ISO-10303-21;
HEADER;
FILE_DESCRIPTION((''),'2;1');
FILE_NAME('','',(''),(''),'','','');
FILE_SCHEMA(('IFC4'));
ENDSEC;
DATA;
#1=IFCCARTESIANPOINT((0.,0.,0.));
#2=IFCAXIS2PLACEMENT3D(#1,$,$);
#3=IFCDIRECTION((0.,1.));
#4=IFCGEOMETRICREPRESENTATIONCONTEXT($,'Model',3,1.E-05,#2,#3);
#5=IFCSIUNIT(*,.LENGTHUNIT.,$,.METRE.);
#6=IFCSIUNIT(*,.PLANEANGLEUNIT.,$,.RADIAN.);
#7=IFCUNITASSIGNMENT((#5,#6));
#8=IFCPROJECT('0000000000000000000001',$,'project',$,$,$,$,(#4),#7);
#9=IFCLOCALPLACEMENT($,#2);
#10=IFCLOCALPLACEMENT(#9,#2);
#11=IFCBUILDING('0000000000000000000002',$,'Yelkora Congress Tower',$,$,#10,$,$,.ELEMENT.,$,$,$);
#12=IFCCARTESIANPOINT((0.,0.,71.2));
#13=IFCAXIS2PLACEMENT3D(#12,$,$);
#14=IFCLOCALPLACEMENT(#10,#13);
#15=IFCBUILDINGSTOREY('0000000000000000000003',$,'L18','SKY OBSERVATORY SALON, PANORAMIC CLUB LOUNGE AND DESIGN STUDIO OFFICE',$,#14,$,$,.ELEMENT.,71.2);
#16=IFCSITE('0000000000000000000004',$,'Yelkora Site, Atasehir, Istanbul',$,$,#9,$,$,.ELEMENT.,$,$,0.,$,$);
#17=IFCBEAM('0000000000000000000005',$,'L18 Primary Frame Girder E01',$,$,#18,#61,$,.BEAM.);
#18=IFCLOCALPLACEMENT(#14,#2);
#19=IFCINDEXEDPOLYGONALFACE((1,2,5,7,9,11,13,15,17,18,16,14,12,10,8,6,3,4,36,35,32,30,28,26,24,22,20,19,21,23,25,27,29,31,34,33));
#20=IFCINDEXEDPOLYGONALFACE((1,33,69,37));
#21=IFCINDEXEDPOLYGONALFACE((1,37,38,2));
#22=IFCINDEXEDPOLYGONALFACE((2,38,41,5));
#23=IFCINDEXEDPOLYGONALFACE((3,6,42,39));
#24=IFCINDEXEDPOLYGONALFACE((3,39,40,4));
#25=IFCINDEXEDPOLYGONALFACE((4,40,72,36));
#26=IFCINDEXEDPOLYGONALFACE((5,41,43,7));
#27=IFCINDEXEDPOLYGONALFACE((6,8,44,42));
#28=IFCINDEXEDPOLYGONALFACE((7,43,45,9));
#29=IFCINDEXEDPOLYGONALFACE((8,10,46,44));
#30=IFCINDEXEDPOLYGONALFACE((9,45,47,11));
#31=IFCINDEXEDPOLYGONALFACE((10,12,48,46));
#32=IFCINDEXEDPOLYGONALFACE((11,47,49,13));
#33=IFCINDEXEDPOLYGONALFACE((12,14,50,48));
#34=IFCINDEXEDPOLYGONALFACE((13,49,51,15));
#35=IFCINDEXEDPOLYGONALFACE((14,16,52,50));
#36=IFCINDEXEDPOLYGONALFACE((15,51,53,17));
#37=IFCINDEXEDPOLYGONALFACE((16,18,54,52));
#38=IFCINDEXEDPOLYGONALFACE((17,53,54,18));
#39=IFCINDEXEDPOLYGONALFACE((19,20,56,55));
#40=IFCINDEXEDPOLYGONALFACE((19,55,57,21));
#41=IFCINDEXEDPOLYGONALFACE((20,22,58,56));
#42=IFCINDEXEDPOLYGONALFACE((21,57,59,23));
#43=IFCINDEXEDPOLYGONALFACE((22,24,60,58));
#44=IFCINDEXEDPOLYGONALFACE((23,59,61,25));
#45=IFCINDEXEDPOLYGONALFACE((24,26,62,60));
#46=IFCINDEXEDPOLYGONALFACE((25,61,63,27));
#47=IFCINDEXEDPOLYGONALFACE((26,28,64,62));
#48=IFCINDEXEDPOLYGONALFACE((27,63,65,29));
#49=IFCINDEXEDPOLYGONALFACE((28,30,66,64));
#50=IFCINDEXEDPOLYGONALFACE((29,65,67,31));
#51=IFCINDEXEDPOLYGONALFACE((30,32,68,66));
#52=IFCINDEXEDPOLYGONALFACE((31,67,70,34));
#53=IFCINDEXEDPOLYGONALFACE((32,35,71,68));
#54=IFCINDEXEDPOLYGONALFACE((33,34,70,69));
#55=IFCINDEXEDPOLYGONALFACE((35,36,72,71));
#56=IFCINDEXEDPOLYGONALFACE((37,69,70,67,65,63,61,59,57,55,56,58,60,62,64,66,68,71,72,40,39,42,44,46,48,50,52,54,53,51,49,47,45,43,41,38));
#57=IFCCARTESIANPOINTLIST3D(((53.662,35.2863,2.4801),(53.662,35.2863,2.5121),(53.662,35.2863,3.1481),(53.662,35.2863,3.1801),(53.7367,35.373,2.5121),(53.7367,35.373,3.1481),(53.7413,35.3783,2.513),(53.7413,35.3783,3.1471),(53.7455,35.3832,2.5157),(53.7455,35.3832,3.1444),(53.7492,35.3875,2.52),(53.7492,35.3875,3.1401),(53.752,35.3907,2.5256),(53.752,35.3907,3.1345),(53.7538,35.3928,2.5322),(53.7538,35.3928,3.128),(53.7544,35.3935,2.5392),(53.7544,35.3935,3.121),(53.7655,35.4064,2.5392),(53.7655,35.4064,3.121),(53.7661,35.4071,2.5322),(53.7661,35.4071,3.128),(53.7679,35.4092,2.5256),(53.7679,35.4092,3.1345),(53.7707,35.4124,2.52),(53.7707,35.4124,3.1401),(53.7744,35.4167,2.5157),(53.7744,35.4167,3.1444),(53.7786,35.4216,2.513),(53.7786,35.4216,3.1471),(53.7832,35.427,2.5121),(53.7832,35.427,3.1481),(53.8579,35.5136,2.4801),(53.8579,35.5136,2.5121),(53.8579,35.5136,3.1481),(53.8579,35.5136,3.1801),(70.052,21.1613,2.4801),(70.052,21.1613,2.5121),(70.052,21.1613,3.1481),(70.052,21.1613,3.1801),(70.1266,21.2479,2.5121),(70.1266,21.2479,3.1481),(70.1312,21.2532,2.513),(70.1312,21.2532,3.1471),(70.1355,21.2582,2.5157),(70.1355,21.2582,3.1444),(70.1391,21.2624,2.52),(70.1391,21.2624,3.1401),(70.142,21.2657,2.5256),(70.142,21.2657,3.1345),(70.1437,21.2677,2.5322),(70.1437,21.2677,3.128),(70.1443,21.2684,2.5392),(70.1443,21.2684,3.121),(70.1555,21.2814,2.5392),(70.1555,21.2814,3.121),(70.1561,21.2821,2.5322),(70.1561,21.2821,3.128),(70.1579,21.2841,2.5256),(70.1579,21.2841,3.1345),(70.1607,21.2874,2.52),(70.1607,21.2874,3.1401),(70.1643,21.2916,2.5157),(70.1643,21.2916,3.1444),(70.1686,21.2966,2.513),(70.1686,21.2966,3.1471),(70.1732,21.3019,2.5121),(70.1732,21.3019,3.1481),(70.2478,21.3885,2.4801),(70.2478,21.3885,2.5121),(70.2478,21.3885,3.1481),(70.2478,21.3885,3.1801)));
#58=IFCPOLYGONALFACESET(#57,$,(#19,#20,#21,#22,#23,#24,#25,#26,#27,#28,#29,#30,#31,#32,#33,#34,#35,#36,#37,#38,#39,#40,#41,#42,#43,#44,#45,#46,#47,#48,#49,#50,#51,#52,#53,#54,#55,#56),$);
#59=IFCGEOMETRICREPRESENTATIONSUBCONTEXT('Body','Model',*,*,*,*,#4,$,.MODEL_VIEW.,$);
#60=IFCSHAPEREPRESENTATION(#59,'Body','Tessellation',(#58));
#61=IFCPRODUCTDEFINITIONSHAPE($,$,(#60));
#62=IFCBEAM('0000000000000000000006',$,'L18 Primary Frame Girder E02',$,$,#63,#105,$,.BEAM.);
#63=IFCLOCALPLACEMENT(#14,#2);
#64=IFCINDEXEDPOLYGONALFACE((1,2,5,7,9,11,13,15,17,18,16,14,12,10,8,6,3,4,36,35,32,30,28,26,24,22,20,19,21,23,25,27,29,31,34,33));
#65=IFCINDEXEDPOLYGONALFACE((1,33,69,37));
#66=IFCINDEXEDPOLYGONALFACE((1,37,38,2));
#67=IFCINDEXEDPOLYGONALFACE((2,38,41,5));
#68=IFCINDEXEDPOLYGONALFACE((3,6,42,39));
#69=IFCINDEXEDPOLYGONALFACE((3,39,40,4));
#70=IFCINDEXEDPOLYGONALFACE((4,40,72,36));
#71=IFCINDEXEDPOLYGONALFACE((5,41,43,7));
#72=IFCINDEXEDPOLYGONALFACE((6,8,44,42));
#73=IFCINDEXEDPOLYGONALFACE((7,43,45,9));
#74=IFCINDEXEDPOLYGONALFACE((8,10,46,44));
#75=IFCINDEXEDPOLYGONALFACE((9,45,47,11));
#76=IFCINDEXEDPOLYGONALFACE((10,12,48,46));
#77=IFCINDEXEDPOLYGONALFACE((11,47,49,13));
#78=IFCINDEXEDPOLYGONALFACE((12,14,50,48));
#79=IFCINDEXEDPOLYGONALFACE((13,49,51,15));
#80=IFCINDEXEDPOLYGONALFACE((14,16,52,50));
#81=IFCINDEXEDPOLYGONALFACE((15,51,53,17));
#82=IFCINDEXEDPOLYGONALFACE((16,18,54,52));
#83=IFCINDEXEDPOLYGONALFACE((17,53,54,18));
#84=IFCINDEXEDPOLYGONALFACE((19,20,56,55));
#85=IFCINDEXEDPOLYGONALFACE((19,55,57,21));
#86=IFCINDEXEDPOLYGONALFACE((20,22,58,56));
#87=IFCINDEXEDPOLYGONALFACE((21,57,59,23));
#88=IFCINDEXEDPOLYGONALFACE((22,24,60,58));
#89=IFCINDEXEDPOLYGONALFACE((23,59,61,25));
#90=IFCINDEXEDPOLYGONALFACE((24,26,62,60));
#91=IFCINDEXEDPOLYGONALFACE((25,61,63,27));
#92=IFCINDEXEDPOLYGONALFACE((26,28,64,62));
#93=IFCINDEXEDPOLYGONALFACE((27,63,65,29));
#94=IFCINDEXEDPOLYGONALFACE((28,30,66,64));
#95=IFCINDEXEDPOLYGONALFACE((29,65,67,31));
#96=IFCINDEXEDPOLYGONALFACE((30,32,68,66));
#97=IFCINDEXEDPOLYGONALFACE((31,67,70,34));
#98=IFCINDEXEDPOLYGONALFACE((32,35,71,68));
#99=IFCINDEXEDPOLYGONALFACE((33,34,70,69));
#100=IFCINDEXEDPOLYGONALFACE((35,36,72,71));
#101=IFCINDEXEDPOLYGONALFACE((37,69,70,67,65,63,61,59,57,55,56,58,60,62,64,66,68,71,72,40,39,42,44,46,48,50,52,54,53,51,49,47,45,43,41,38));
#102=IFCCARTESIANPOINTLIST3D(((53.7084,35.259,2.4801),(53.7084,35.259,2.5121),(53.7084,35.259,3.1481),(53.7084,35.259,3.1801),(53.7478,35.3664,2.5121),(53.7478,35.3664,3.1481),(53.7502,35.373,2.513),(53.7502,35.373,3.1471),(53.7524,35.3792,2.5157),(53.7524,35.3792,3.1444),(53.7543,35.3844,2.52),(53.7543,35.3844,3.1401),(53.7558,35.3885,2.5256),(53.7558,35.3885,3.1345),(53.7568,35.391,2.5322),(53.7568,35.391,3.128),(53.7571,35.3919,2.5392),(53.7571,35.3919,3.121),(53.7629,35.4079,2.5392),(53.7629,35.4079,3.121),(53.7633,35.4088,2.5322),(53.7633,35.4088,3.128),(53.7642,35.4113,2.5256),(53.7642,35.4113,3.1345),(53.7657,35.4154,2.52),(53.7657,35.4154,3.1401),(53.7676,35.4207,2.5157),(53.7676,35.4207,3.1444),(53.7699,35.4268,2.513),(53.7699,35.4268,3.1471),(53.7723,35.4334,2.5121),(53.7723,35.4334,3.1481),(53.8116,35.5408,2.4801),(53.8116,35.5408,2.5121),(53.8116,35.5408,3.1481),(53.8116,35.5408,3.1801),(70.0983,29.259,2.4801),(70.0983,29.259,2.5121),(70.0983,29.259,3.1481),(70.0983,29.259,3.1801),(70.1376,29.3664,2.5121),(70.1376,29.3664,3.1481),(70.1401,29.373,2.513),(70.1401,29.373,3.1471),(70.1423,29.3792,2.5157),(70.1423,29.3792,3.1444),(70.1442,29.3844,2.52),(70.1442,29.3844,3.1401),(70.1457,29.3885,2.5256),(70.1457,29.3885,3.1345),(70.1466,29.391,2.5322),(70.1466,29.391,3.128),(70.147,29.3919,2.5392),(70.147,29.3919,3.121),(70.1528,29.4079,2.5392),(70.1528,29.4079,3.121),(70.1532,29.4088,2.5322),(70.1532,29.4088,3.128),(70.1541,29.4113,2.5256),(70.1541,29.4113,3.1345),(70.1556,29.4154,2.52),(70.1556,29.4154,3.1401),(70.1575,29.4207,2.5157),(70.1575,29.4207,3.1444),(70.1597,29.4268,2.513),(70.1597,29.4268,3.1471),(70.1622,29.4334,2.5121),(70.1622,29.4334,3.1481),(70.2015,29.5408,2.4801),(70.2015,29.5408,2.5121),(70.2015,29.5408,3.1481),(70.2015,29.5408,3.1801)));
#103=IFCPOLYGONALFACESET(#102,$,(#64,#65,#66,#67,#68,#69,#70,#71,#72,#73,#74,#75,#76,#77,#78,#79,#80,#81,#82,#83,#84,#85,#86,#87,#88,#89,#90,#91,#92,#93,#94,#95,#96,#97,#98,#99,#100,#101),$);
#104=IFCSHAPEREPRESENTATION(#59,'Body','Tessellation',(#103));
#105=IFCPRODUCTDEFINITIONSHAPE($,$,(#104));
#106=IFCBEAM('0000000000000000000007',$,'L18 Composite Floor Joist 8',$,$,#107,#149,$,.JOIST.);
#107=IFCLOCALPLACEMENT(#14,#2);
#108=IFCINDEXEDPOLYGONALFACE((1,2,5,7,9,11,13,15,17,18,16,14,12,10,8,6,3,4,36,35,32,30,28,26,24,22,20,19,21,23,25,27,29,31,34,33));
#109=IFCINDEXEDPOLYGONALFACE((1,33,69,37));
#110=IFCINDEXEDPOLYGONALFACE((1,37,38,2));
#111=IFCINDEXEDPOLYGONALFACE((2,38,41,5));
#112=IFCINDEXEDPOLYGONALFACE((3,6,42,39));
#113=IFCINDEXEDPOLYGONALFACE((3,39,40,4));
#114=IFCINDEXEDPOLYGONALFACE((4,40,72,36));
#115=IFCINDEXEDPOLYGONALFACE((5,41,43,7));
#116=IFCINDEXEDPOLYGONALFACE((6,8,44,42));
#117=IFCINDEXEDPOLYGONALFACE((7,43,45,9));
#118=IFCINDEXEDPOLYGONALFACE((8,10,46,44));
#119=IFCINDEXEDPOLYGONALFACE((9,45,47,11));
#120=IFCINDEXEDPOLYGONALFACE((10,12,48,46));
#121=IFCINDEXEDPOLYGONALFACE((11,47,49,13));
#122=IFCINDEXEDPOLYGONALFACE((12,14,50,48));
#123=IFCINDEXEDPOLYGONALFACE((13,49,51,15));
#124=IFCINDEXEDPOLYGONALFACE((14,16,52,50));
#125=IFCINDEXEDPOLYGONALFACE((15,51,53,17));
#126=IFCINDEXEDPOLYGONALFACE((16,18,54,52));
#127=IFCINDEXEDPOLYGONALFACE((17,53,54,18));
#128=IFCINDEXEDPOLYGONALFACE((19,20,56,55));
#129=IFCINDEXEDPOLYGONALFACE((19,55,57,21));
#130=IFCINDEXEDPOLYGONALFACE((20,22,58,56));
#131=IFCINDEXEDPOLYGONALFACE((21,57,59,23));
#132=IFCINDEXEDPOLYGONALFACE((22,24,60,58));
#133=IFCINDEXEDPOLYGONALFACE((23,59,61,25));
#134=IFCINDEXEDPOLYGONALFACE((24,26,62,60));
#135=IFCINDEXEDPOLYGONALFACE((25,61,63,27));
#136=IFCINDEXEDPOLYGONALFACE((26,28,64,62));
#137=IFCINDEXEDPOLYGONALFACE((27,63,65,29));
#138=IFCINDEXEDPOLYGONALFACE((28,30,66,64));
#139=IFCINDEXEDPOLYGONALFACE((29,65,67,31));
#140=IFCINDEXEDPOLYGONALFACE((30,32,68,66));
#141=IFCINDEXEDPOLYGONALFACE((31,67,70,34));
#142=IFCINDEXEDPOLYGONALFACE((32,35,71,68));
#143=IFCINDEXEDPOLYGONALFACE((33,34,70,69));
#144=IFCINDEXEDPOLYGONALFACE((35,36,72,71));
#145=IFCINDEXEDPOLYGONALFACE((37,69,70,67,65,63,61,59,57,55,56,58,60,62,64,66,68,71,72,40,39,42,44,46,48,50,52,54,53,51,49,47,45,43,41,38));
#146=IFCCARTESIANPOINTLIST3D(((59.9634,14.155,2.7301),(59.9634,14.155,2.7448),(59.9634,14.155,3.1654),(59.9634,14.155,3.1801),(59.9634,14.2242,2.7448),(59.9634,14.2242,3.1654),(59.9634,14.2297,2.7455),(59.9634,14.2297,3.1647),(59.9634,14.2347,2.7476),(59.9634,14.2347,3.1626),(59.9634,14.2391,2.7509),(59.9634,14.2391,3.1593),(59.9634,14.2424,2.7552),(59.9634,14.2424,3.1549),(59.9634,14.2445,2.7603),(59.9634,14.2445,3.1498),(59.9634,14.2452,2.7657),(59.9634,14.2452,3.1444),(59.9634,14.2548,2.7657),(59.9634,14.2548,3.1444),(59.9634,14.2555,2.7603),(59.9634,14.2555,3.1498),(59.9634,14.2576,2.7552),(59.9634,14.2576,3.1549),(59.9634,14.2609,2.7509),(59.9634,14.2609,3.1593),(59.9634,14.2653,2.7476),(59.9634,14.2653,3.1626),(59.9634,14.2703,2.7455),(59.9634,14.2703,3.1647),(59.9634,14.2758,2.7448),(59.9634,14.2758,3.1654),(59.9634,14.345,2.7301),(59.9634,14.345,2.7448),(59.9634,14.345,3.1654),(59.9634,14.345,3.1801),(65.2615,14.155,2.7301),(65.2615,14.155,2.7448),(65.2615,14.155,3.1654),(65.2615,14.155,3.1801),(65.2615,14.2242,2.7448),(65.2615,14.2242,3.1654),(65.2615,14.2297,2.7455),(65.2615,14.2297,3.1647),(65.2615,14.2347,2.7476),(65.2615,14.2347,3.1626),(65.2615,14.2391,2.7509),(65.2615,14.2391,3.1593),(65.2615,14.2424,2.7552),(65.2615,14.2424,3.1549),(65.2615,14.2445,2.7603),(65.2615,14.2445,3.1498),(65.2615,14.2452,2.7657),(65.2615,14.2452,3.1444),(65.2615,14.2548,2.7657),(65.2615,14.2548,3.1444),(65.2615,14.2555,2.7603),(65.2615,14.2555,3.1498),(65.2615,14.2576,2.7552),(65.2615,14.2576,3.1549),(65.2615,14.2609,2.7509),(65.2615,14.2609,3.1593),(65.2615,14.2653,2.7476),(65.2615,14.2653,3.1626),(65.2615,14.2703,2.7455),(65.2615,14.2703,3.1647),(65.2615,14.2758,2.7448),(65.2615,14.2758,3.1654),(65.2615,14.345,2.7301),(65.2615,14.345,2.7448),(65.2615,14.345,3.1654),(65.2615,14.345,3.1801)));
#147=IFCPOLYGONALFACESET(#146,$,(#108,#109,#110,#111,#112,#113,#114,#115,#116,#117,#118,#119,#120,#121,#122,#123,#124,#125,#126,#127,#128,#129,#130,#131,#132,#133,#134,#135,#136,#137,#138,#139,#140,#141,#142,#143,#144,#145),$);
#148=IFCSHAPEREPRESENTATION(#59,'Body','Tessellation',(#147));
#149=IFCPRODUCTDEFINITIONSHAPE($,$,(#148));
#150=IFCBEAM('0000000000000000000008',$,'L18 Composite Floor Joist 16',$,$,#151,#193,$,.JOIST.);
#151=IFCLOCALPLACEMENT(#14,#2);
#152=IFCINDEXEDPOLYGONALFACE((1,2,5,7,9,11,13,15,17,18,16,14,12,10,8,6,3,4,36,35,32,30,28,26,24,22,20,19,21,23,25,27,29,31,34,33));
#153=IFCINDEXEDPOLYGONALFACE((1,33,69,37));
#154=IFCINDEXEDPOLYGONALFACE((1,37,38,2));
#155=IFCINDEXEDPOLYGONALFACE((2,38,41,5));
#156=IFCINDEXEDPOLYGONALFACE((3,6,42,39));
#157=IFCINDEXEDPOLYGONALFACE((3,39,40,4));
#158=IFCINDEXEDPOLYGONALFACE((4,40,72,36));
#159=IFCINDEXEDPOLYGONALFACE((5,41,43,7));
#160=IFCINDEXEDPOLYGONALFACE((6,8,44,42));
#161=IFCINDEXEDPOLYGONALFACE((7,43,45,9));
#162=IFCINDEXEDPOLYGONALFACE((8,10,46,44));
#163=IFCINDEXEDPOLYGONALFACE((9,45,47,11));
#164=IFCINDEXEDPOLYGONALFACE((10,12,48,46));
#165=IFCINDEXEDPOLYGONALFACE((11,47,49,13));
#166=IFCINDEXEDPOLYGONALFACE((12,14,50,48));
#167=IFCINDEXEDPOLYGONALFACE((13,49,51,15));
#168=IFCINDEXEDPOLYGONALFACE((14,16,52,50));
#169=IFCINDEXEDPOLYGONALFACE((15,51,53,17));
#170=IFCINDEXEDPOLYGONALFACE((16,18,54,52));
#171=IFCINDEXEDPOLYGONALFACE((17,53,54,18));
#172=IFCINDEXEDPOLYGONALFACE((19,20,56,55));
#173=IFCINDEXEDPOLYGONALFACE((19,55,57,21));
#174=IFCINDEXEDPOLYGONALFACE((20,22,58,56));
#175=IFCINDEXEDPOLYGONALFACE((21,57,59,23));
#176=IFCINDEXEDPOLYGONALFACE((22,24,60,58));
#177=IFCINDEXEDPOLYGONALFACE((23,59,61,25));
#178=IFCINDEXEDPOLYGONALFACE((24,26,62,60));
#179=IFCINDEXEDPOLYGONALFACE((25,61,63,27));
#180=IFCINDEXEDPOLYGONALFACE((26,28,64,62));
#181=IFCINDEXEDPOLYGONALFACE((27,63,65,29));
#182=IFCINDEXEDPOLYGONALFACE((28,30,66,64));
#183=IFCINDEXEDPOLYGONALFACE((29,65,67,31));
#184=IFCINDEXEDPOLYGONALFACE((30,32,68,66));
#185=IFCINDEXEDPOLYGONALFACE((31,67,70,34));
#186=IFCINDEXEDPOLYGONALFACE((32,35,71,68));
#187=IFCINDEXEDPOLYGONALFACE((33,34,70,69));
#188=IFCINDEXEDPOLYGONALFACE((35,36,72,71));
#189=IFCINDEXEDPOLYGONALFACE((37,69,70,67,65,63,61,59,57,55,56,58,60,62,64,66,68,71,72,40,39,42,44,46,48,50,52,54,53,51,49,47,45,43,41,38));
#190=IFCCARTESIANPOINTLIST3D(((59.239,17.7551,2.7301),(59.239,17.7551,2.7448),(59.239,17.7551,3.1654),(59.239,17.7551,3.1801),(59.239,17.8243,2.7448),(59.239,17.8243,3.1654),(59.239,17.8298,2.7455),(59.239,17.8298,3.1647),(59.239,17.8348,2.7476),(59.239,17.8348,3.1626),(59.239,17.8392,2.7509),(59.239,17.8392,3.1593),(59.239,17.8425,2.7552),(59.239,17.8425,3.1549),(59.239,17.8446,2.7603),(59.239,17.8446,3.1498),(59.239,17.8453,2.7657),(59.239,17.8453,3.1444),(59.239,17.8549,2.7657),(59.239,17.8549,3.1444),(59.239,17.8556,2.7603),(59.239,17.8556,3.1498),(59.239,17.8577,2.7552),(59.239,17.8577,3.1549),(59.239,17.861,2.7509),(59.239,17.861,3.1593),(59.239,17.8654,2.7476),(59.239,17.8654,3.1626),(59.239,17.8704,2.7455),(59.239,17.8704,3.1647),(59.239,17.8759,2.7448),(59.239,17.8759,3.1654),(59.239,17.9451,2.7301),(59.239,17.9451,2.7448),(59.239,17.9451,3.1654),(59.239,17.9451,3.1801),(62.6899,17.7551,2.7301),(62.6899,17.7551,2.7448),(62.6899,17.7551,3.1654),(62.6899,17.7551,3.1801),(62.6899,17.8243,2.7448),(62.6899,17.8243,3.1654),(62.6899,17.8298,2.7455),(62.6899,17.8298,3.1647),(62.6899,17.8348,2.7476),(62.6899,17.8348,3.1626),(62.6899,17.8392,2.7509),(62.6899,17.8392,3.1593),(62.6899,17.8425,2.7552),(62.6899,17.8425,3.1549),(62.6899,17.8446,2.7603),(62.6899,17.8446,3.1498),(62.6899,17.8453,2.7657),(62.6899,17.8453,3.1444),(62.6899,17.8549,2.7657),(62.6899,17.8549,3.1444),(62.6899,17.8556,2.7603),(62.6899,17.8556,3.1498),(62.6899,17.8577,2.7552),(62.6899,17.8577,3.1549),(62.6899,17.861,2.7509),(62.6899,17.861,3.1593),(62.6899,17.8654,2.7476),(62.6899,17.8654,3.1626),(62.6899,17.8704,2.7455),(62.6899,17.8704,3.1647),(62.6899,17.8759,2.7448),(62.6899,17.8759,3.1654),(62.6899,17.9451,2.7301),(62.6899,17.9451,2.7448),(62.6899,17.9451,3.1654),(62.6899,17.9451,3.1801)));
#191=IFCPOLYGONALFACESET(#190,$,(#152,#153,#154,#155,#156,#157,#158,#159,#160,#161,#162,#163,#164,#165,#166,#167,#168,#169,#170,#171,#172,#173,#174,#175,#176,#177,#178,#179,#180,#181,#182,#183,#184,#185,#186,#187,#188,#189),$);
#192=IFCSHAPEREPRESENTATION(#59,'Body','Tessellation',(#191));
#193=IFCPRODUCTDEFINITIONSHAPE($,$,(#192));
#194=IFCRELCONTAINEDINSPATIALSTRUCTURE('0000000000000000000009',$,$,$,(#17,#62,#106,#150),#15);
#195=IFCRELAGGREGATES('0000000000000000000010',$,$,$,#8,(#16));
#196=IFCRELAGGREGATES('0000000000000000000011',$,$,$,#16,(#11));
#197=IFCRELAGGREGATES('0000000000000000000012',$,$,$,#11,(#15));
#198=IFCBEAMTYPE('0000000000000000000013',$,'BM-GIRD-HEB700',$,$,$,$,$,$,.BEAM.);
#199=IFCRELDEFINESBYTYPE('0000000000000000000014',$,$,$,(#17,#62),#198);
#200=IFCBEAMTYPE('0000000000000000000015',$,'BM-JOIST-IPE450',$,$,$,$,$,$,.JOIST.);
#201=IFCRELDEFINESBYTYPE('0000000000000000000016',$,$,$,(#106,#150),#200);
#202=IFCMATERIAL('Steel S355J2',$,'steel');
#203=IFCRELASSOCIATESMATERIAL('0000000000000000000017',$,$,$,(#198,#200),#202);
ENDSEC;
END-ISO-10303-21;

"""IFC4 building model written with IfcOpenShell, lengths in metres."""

from ifc_helpers import new_model, si_unit, direction, frame, origin, origin_2d, place, context, subcontext, project, spatial, i_section, extrude, material, material_profile, profile_set, type_object, element, save


model = new_model("IFC4")

# Units and contexts
model_context = context("Model", 3, precision=1e-05, world=origin(), true_north=direction((0.0, 1.0)))
body_context = subcontext(model_context, "Body", "Model", "MODEL_VIEW")
ifc_project = project(units=[si_unit("LENGTHUNIT", "METRE"), si_unit("PLANEANGLEUNIT", "RADIAN")], contexts=[model_context])

# Site, building, storey
site_placement = place(None, origin())
site = spatial("IfcSite", under=ifc_project, at=site_placement, Name="Yelkora Site, Atasehir, Istanbul", CompositionType="ELEMENT", RefElevation=0.0)
building_placement = place(site_placement, origin())
building = spatial("IfcBuilding", under=site, at=building_placement, Name="Yelkora Congress Tower", CompositionType="ELEMENT")
storey_placement = place(building_placement, frame((0.0, 0.0, 71.2)))
storey = spatial("IfcBuildingStorey", under=building, at=storey_placement, Name="L18", Description="SKY OBSERVATORY SALON, PANORAMIC CLUB LOUNGE AND DESIGN STUDIO OFFICE", CompositionType="ELEMENT", Elevation=71.2)

# Beams
ifc_material_1 = material(Name="Steel S355J2", Category="steel")
ifc_material_profile_1 = material_profile(ifc_material_1, i_section(OverallWidth=0.3, OverallDepth=0.7, WebThickness=0.0171, FlangeThickness=0.032, FilletRadius=0.0271, at=origin_2d()), Name="HEB 700")
ifc_profile_set_1 = profile_set([ifc_material_profile_1], Name="Steel S355J2")
beam_type_1 = type_object("IfcBeamType", Name="BM-GIRD-HEB700", PredefinedType="BEAM", material=ifc_profile_set_1)
beam_1_placement = place(storey_placement, frame((70.1499, 21.2749, 2.8301), z_axis=(-0.757506, 0.652828, 0.0), x_axis=(-0.652828, -0.757506, 0.0)))
element("IfcBeam", 1, at=beam_1_placement, inside=storey, type_object=beam_type_1, Name="L18 Primary Frame Girder E01", PredefinedType="BEAM", context=body_context, shape_type="SweptSolid", body=[
    extrude(i_section(OverallWidth=0.3, OverallDepth=0.7, WebThickness=0.0171, FlangeThickness=0.032, FilletRadius=0.0271, at=origin_2d()), origin(), (0.0, 0.0, 1.0), 21.6367),
])
beam_2_placement = place(storey_placement, frame((70.1499, 29.3999, 2.8301), z_axis=(-0.939054, 0.343768, 0.0), x_axis=(-0.343768, -0.939054, 0.0)))
element("IfcBeam", 2, at=beam_2_placement, inside=storey, type_object=beam_type_1, Name="L18 Primary Frame Girder E02", PredefinedType="BEAM", context=body_context, shape_type="SweptSolid", body=[
    extrude(i_section(OverallWidth=0.3, OverallDepth=0.7, WebThickness=0.0171, FlangeThickness=0.032, FilletRadius=0.0271, at=origin_2d()), origin(), (0.0, 0.0, 1.0), 17.4536),
])
ifc_material_profile_2 = material_profile(ifc_material_1, i_section(OverallWidth=0.1899, OverallDepth=0.45, WebThickness=0.0095, FlangeThickness=0.0146, FilletRadius=0.021, at=origin_2d()), Name="IPE 450")
ifc_profile_set_2 = profile_set([ifc_material_profile_2], Name="Steel S355J2")
beam_type_2 = type_object("IfcBeamType", Name="BM-JOIST-IPE450", PredefinedType="JOIST", material=ifc_profile_set_2)
beam_3_placement = place(storey_placement, frame((59.9634, 14.25, 2.9551), z_axis=(1.0, 0.0, 0.0), x_axis=(0.0, 1.0, 0.0)))
element("IfcBeam", 3, at=beam_3_placement, inside=storey, type_object=beam_type_2, Name="L18 Composite Floor Joist 8", PredefinedType="JOIST", context=body_context, shape_type="SweptSolid", body=[
    extrude(i_section(OverallWidth=0.1899, OverallDepth=0.45, WebThickness=0.0095, FlangeThickness=0.0146, FilletRadius=0.021, at=origin_2d()), origin(), (0.0, 0.0, 1.0), 5.2981),
])
beam_4_placement = place(storey_placement, frame((59.239, 17.8501, 2.9551), z_axis=(1.0, 0.0, 0.0), x_axis=(0.0, 1.0, 0.0)))
element("IfcBeam", 4, at=beam_4_placement, inside=storey, type_object=beam_type_2, Name="L18 Composite Floor Joist 16", PredefinedType="JOIST", context=body_context, shape_type="SweptSolid", body=[
    extrude(i_section(OverallWidth=0.1899, OverallDepth=0.45, WebThickness=0.0095, FlangeThickness=0.0146, FilletRadius=0.021, at=origin_2d()), origin(), (0.0, 0.0, 1.0), 3.4509),
])

save(model, "model.ifc")
